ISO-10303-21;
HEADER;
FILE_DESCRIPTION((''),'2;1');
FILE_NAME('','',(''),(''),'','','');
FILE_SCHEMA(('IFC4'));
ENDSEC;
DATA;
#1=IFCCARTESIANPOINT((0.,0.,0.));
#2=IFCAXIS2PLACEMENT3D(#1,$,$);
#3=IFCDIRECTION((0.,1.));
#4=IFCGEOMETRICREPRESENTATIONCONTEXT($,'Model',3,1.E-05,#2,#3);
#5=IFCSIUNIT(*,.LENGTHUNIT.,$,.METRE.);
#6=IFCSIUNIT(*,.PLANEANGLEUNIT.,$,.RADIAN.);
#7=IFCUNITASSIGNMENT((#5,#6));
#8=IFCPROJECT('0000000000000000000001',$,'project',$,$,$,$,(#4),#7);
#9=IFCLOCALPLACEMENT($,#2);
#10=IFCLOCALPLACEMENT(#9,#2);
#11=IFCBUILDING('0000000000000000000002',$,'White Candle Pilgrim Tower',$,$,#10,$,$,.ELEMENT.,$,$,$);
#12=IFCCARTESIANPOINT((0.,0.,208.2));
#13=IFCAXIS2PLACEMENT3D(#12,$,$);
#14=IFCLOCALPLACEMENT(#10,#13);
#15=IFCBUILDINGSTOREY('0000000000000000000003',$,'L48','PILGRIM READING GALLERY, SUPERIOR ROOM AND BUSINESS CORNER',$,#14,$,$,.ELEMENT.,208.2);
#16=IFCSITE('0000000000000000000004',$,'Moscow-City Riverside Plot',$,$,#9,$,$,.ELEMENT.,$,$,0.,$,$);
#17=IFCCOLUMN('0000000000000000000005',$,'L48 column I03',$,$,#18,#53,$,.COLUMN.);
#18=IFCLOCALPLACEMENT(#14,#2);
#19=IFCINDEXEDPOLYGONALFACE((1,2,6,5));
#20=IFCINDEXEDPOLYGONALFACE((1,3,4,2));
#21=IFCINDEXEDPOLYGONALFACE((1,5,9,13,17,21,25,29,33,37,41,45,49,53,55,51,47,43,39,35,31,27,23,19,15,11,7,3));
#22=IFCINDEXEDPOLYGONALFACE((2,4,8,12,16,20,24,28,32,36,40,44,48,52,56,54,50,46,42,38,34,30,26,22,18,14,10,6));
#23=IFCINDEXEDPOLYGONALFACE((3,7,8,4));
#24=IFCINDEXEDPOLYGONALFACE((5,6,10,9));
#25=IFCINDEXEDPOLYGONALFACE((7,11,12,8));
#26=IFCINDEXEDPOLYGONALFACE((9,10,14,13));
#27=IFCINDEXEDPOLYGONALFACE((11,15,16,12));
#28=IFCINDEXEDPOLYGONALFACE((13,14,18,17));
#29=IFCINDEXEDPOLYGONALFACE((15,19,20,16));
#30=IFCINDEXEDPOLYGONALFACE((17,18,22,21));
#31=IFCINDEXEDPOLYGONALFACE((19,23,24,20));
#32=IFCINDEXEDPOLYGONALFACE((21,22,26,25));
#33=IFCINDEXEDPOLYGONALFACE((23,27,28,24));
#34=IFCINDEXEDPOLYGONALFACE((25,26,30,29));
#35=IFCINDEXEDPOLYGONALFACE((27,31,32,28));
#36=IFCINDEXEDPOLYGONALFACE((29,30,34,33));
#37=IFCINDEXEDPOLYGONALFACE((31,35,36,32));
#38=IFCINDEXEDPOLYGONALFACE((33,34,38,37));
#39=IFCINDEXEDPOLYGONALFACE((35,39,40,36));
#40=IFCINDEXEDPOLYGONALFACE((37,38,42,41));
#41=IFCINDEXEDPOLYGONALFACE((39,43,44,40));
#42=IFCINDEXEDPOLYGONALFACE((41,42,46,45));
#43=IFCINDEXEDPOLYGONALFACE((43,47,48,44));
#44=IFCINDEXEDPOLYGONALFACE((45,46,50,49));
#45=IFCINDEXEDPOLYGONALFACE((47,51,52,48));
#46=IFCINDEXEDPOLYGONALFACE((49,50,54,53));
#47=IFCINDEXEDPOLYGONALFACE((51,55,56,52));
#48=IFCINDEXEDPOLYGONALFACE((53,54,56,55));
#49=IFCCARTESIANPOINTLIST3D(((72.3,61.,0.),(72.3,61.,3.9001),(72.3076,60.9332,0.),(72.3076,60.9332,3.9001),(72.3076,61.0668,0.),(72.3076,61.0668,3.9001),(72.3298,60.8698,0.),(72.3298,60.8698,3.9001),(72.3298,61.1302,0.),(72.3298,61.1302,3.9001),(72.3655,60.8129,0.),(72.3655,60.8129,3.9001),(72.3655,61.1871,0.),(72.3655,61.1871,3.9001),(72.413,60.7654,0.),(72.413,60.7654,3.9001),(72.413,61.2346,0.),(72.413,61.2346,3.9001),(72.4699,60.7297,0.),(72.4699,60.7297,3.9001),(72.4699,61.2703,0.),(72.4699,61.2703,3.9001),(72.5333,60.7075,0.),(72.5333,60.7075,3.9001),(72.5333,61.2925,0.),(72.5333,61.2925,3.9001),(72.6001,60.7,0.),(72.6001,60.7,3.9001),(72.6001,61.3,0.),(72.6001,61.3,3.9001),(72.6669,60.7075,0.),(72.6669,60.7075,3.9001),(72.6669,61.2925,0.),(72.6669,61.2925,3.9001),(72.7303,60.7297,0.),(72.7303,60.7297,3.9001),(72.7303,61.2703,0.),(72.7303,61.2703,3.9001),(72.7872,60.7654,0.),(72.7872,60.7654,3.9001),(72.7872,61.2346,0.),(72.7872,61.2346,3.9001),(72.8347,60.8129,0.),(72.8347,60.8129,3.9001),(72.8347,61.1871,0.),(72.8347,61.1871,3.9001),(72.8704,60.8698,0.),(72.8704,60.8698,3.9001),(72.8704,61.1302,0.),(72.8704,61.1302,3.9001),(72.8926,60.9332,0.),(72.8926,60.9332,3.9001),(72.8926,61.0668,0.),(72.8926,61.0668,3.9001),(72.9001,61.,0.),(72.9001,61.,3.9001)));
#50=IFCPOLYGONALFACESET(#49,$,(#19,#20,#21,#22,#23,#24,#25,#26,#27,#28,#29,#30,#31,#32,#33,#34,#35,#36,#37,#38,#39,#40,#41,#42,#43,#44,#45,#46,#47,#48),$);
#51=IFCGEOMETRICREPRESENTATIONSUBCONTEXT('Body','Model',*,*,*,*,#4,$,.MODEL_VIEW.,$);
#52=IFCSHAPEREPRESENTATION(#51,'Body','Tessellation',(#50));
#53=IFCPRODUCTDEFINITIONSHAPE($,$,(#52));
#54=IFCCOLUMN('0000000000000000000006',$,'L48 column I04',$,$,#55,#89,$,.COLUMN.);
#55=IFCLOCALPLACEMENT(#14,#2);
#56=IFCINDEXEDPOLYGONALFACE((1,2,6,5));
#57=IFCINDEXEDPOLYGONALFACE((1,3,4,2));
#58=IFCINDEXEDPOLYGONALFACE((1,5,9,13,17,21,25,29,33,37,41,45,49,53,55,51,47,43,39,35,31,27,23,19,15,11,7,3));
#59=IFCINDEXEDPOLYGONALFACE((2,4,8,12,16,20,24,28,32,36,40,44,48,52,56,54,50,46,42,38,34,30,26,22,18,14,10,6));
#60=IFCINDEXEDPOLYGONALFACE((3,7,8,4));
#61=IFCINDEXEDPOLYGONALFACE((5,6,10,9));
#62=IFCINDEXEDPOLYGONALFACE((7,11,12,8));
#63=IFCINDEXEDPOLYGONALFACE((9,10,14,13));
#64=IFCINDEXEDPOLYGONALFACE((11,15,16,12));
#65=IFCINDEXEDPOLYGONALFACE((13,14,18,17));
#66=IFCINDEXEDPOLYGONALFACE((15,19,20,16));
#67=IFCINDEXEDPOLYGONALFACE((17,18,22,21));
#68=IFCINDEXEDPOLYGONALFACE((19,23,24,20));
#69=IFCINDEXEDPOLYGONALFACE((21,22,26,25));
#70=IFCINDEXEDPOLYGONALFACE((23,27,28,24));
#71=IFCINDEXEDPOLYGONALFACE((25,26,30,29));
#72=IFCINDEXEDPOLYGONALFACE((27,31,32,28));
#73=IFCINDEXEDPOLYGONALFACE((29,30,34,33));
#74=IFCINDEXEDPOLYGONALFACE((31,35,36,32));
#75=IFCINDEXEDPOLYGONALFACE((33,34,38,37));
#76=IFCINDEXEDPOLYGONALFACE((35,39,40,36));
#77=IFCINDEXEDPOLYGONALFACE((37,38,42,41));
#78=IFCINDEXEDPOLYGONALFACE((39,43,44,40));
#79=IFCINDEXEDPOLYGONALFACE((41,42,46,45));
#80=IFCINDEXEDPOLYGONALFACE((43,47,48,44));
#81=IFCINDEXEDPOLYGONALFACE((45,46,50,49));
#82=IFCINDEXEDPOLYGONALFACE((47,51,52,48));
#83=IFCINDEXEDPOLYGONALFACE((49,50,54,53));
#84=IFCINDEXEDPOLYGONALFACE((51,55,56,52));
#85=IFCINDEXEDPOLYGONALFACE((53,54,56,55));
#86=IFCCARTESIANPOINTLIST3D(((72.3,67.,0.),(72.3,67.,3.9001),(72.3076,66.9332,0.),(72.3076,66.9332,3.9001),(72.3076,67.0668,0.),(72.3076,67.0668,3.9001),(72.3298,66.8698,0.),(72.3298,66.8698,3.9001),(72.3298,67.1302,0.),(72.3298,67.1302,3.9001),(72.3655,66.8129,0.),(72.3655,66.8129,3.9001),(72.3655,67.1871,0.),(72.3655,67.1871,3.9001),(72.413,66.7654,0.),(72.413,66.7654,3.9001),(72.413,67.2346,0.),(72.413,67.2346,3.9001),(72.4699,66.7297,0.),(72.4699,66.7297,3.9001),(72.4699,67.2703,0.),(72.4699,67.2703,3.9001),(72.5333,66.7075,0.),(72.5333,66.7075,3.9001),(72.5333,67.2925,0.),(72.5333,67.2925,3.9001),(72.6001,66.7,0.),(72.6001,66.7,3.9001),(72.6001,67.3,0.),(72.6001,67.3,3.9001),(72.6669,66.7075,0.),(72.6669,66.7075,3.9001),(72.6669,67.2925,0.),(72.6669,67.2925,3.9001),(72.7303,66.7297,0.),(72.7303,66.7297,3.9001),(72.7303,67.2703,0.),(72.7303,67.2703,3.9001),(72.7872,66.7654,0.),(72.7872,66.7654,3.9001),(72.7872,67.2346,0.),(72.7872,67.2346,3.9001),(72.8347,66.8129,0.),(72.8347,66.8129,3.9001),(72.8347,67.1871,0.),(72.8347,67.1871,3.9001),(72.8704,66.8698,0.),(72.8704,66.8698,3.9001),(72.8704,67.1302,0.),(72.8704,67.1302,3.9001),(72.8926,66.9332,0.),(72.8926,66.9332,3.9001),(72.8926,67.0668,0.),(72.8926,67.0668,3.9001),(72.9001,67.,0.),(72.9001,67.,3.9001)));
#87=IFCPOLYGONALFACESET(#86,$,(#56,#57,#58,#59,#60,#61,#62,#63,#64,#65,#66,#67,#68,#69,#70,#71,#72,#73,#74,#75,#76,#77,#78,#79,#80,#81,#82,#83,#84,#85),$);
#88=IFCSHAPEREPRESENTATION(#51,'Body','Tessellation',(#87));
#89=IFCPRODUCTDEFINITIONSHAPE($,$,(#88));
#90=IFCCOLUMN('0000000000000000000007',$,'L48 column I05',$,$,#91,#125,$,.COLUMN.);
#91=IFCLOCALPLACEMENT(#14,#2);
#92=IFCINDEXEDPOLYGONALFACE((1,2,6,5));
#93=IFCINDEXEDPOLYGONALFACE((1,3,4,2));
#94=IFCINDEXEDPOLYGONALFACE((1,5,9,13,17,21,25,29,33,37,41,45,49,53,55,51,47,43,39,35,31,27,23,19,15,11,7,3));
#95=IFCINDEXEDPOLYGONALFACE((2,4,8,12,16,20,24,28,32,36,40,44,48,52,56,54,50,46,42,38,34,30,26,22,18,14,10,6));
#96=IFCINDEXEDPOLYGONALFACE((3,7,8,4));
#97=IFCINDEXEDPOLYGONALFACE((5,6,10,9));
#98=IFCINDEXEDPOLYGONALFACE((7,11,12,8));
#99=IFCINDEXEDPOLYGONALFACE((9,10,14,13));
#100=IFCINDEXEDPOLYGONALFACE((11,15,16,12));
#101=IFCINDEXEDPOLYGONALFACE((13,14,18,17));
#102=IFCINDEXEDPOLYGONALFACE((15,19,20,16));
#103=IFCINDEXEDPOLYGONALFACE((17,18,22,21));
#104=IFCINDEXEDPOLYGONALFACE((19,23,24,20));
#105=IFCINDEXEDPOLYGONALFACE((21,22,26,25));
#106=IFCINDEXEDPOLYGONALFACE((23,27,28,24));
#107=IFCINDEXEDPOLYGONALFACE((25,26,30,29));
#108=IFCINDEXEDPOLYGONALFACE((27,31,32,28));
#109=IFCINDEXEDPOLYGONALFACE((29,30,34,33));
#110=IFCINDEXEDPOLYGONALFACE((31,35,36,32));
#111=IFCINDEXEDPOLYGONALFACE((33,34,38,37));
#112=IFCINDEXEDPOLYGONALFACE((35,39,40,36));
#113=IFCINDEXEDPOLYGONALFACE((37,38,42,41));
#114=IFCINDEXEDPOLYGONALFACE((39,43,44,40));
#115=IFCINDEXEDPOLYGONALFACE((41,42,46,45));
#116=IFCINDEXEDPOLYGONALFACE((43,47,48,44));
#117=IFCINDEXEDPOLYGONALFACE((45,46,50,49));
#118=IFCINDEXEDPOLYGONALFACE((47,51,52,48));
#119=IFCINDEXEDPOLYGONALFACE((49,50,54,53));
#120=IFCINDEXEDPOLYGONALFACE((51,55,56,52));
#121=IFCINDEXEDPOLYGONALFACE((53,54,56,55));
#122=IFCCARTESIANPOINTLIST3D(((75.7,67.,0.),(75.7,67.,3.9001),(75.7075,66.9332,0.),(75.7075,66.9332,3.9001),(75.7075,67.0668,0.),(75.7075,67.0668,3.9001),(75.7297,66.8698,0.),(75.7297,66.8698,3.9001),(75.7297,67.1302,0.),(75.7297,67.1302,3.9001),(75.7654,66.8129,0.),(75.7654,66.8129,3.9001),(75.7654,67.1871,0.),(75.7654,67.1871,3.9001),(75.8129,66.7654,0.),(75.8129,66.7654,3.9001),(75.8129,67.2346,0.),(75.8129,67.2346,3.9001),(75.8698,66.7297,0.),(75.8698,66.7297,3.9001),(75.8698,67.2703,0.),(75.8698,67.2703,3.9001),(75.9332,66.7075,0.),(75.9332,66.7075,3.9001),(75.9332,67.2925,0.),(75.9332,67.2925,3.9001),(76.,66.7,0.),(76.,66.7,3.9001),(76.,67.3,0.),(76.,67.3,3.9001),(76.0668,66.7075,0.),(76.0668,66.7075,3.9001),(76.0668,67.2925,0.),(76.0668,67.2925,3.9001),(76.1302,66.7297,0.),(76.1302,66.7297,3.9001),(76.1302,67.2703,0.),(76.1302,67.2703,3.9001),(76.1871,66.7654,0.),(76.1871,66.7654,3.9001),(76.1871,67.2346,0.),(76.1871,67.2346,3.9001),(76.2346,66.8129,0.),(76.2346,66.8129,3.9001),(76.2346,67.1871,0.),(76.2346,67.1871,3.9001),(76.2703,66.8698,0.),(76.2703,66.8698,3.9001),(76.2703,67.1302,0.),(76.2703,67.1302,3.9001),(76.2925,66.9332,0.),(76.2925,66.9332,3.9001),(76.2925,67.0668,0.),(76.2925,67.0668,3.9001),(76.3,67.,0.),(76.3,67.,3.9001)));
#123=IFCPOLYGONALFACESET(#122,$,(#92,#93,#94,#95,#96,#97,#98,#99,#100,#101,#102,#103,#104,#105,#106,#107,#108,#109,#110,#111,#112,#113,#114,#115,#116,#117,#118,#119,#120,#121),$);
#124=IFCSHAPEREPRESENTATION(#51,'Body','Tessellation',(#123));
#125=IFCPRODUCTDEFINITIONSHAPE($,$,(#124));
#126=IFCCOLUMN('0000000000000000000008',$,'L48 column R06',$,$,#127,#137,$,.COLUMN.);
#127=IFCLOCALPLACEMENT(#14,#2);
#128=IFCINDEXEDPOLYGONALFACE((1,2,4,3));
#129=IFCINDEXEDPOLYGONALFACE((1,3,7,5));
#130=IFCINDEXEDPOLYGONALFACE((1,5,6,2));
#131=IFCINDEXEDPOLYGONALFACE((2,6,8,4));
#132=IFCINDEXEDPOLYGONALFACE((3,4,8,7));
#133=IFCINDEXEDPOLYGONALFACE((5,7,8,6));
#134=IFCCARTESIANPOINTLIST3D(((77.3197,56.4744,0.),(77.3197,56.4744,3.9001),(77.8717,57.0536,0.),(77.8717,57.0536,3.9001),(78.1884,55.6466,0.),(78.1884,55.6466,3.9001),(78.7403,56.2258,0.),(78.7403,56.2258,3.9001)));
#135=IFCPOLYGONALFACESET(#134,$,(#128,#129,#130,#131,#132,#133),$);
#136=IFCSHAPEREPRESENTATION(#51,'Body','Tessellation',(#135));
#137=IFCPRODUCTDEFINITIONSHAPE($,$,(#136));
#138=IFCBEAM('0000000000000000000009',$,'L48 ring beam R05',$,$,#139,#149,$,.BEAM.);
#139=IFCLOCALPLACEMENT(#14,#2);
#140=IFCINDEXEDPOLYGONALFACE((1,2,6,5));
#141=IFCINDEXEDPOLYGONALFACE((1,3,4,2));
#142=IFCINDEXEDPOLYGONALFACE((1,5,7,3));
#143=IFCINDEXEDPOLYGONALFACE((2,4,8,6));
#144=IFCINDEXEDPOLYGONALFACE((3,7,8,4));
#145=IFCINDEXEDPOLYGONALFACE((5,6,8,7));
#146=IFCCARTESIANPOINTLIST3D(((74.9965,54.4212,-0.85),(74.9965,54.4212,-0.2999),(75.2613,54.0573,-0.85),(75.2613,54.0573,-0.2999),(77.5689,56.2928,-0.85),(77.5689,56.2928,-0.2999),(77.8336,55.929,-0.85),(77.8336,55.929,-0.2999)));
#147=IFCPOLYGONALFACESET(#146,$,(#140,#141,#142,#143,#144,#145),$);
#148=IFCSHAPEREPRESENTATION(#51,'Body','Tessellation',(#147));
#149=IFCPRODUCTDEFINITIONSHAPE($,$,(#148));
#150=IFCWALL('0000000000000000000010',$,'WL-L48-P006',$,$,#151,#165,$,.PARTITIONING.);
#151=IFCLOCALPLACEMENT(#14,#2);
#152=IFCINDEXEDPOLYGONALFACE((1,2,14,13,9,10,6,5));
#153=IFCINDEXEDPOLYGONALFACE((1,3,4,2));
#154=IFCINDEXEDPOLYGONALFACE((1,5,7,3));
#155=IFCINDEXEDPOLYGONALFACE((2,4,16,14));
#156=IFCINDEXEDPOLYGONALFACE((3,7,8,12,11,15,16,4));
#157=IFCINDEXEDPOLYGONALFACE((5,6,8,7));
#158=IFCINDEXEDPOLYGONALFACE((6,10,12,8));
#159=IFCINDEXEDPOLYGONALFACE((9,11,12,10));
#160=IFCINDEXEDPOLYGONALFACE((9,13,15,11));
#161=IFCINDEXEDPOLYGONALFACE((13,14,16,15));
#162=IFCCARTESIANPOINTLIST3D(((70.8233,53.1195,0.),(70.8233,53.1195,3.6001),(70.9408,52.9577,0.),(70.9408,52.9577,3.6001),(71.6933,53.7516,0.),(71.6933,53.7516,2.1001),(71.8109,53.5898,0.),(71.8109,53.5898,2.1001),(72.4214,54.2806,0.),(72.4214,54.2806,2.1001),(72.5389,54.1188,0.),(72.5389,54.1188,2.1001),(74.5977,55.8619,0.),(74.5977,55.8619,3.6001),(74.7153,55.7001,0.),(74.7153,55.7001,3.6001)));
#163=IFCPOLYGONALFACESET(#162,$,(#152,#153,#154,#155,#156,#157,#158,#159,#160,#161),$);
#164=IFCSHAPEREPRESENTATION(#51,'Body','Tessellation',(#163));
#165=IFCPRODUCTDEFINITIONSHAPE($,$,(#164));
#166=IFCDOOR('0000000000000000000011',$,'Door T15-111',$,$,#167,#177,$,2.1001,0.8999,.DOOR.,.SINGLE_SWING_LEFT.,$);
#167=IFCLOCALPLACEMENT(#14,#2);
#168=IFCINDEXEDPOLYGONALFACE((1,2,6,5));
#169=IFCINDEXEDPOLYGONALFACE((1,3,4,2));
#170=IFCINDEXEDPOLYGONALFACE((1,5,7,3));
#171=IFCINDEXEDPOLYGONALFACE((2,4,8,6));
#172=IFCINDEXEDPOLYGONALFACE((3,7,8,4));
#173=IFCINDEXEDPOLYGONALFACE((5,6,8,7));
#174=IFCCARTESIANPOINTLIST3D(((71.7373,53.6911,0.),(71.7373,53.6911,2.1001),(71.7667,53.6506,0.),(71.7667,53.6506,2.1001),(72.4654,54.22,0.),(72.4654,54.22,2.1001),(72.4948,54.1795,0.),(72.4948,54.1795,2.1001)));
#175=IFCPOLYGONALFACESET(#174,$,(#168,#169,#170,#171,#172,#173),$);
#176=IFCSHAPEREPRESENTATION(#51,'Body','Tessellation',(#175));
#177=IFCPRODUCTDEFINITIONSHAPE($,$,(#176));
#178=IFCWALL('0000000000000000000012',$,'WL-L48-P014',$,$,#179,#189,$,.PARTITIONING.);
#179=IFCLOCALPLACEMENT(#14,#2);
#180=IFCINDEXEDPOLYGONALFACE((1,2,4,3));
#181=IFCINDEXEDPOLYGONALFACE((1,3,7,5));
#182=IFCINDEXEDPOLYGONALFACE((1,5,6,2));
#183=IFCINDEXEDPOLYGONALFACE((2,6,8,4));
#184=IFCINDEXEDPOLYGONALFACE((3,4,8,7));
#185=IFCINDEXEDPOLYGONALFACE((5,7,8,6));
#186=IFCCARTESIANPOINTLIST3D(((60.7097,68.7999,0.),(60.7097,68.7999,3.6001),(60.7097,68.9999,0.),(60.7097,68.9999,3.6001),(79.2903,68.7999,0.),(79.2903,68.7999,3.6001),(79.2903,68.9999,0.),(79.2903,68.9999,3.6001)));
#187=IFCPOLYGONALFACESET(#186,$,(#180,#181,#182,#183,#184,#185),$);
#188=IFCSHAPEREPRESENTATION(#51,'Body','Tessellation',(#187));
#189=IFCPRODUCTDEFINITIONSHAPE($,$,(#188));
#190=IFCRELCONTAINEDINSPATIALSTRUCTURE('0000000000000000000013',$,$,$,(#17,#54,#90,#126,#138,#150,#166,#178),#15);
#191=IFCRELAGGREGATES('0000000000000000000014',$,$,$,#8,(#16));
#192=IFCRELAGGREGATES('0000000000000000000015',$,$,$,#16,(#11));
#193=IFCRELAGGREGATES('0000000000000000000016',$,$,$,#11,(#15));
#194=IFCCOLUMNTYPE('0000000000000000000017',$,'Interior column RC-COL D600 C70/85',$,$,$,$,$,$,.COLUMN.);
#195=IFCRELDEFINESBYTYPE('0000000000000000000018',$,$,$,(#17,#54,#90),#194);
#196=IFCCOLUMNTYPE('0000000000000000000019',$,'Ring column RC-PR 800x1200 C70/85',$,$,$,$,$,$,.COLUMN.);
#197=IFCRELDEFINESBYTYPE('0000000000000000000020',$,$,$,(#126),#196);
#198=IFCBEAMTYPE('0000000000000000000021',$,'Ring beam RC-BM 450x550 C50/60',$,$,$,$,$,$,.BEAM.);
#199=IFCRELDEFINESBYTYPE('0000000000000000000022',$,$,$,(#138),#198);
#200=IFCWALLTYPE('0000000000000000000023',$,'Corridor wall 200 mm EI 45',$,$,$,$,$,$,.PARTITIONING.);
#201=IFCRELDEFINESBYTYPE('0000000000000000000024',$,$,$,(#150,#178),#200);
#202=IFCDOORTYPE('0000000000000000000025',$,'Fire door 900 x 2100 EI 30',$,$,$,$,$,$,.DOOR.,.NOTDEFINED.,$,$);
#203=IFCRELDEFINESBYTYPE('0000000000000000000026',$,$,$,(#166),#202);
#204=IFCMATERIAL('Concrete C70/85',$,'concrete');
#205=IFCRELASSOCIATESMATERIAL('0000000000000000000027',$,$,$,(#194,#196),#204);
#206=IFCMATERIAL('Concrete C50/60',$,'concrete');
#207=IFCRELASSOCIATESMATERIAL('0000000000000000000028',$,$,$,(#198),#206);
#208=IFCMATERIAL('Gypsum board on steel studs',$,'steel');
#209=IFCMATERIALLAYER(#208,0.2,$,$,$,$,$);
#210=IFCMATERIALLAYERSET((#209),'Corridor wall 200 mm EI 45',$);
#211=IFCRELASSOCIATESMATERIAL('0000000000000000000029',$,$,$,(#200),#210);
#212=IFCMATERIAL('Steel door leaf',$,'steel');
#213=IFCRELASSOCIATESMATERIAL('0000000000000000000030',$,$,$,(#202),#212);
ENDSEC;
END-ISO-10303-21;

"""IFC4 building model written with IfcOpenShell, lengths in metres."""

from ifc_helpers import new_model, si_unit, direction, frame, frame_2d, origin, origin_2d, place, context, subcontext, project, spatial, rectangle, circle, extrude, material, layer, layer_set, material_profile, profile_set, type_object, element, fill, save


model = new_model("IFC4")

# Units and contexts
model_context = context("Model", 3, precision=1e-05, world=origin(), true_north=direction((0.0, 1.0)))
body_context = subcontext(model_context, "Body", "Model", "MODEL_VIEW")
ifc_project = project(units=[si_unit("LENGTHUNIT", "METRE"), si_unit("PLANEANGLEUNIT", "RADIAN")], contexts=[model_context])

# Site, building, storey
site_placement = place(None, origin())
site = spatial("IfcSite", under=ifc_project, at=site_placement, Name="Moscow-City Riverside Plot", CompositionType="ELEMENT", RefElevation=0.0)
building_placement = place(site_placement, origin())
building = spatial("IfcBuilding", under=site, at=building_placement, Name="White Candle Pilgrim Tower", CompositionType="ELEMENT")
storey_placement = place(building_placement, frame((0.0, 0.0, 208.2)))
storey = spatial("IfcBuildingStorey", under=building, at=storey_placement, Name="L48", Description="PILGRIM READING GALLERY, SUPERIOR ROOM AND BUSINESS CORNER", CompositionType="ELEMENT", Elevation=208.2)

# Columns
ifc_material_1 = material(Name="Concrete C70/85", Category="concrete")
ifc_material_profile_1 = material_profile(ifc_material_1, circle(Radius=0.3, at=origin_2d()), Name="RC-COL D600")
ifc_profile_set_1 = profile_set([ifc_material_profile_1], Name="Concrete C70/85")
column_type_1 = type_object("IfcColumnType", Name="Interior column RC-COL D600 C70/85", PredefinedType="COLUMN", material=ifc_profile_set_1)
for number, where, z_axis, x_axis, name in (
    (1, (72.6001, 61.0, 0.0), (0.0, 0.0, 1.0), (1.0, 0.0, 0.0), "L48 column I03"),
    (2, (72.6001, 67.0, 0.0), (0.0, 0.0, 1.0), (1.0, 0.0, 0.0), "L48 column I04"),
    (3, (76.0, 67.0, 0.0), (0.0, 0.0, 1.0), (1.0, 0.0, 0.0), "L48 column I05"),
):
    element("IfcColumn", number, at=place(storey_placement, frame(where, z_axis=z_axis, x_axis=x_axis)), inside=storey, type_object=column_type_1, Name=name, PredefinedType="COLUMN", context=body_context, shape_type="SweptSolid", body=[
        extrude(circle(Radius=0.3, at=origin_2d()), origin(), (0.0, 0.0, 1.0), 3.9001),
    ])
ifc_material_profile_2 = material_profile(ifc_material_1, rectangle(XDim=0.8, YDim=1.2, at=origin_2d()), Name="RC-PR 800x1200")
ifc_profile_set_2 = profile_set([ifc_material_profile_2], Name="Concrete C70/85")
column_type_2 = type_object("IfcColumnType", Name="Ring column RC-PR 800x1200 C70/85", PredefinedType="COLUMN", material=ifc_profile_set_2)
column_placement = place(storey_placement, frame((78.03, 56.3501, 0.0), z_axis=(0.0, 0.0, 1.0), x_axis=(-0.689872, -0.723931, 0.0)))
element("IfcColumn", 4, at=column_placement, inside=storey, type_object=column_type_2, Name="L48 column R06", PredefinedType="COLUMN", context=body_context, shape_type="SweptSolid", body=[
    extrude(rectangle(XDim=0.8, YDim=1.2, at=origin_2d()), origin(), (0.0, 0.0, 1.0), 3.9001),
])

# Beam
ifc_material_2 = material(Name="Concrete C50/60", Category="concrete")
ifc_material_profile_3 = material_profile(ifc_material_2, rectangle(XDim=0.45, YDim=0.55, at=origin_2d()), Name="RC-BM 450x550")
ifc_profile_set_3 = profile_set([ifc_material_profile_3], Name="Concrete C50/60")
beam_type = type_object("IfcBeamType", Name="Ring beam RC-BM 450x550 C50/60", PredefinedType="BEAM", material=ifc_profile_set_3)
beam_placement = place(storey_placement, frame((75.1289, 54.2393, -0.575), z_axis=(0.80861, 0.588345, 0.0), x_axis=(-0.588345, 0.80861, 0.0)))
element("IfcBeam", 5, at=beam_placement, inside=storey, type_object=beam_type, Name="L48 ring beam R05", PredefinedType="BEAM", context=body_context, shape_type="SweptSolid", body=[
    extrude(rectangle(XDim=0.45, YDim=0.55, at=origin_2d()), origin(), (0.0, 0.0, 1.0), 3.1812),
])

# Wall, opening, door
ifc_material_3 = material(Name="Gypsum board on steel studs", Category="steel")
ifc_layer_1 = layer(ifc_material_3, 0.2)
ifc_layer_set_1 = layer_set([ifc_layer_1], Name="Corridor wall 200 mm EI 45")
wall_type_1 = type_object("IfcWallType", Name="Corridor wall 200 mm EI 45", PredefinedType="PARTITIONING", material=ifc_layer_set_1)
wall_1_placement = place(storey_placement, frame((74.6565, 55.781, 0.0), z_axis=(0.0, 0.0, 1.0), x_axis=(-0.809001, -0.587808, 0.0)))
wall_1 = element("IfcWall", 6, at=wall_1_placement, inside=storey, type_object=wall_type_1, Name="WL-L48-P006", PredefinedType="PARTITIONING", context=body_context, shape_type="SweptSolid", body=[
    extrude(rectangle(XDim=4.6655, YDim=0.2, at=frame_2d((2.3328, 0.0))), origin(), (0.0, 0.0, 1.0), 3.6001),
])
opening_1_placement = place(wall_1_placement, frame((2.6902, 0.0, 0.0)))
opening_1 = element("IfcOpeningElement", 7, at=opening_1_placement, cuts=wall_1, PredefinedType="OPENING", context=body_context, shape_type="SweptSolid", body=[
    extrude(rectangle(XDim=0.8999, YDim=2.1001, at=frame_2d((0.45, 1.05))), frame((0.0, 0.1099, 0.0), z_axis=(0.0, -1.0, 0.0), x_axis=(1.0, 0.0, 0.0)), (0.0, 0.0, 1.0), 0.22),
])
ifc_material_4 = material(Name="Steel door leaf", Category="steel")
door_type_1 = type_object("IfcDoorType", Name="Fire door 900 x 2100 EI 30", OperationType="NOTDEFINED", PredefinedType="DOOR", material=ifc_material_4)
door_1_placement = place(opening_1_placement, origin())
door_1 = element("IfcDoor", 8, at=door_1_placement, inside=storey, type_object=door_type_1, Name="Door T15-111", OperationType="SINGLE_SWING_LEFT", OverallHeight=2.1001, OverallWidth=0.8999, PredefinedType="DOOR", context=body_context, shape_type="SweptSolid", body=[
    extrude(rectangle(XDim=0.8999, YDim=2.1001, at=frame_2d((0.45, 1.05))), frame((0.0, 0.0249, 0.0), z_axis=(0.0, -1.0, 0.0), x_axis=(1.0, 0.0, 0.0)), (0.0, 0.0, 1.0), 0.05),
])
fill(opening_1, door_1)

# Wall
wall_2_placement = place(storey_placement, frame((79.2903, 68.8999, 0.0), z_axis=(0.0, 0.0, 1.0), x_axis=(-1.0, 0.0, 0.0)))
element("IfcWall", 9, at=wall_2_placement, inside=storey, type_object=wall_type_1, Name="WL-L48-P014", PredefinedType="PARTITIONING", context=body_context, shape_type="SweptSolid", body=[
    extrude(rectangle(XDim=18.5806, YDim=0.2, at=frame_2d((9.2903, 0.0))), origin(), (0.0, 0.0, 1.0), 3.6001),
])

save(model, "model.ifc")
